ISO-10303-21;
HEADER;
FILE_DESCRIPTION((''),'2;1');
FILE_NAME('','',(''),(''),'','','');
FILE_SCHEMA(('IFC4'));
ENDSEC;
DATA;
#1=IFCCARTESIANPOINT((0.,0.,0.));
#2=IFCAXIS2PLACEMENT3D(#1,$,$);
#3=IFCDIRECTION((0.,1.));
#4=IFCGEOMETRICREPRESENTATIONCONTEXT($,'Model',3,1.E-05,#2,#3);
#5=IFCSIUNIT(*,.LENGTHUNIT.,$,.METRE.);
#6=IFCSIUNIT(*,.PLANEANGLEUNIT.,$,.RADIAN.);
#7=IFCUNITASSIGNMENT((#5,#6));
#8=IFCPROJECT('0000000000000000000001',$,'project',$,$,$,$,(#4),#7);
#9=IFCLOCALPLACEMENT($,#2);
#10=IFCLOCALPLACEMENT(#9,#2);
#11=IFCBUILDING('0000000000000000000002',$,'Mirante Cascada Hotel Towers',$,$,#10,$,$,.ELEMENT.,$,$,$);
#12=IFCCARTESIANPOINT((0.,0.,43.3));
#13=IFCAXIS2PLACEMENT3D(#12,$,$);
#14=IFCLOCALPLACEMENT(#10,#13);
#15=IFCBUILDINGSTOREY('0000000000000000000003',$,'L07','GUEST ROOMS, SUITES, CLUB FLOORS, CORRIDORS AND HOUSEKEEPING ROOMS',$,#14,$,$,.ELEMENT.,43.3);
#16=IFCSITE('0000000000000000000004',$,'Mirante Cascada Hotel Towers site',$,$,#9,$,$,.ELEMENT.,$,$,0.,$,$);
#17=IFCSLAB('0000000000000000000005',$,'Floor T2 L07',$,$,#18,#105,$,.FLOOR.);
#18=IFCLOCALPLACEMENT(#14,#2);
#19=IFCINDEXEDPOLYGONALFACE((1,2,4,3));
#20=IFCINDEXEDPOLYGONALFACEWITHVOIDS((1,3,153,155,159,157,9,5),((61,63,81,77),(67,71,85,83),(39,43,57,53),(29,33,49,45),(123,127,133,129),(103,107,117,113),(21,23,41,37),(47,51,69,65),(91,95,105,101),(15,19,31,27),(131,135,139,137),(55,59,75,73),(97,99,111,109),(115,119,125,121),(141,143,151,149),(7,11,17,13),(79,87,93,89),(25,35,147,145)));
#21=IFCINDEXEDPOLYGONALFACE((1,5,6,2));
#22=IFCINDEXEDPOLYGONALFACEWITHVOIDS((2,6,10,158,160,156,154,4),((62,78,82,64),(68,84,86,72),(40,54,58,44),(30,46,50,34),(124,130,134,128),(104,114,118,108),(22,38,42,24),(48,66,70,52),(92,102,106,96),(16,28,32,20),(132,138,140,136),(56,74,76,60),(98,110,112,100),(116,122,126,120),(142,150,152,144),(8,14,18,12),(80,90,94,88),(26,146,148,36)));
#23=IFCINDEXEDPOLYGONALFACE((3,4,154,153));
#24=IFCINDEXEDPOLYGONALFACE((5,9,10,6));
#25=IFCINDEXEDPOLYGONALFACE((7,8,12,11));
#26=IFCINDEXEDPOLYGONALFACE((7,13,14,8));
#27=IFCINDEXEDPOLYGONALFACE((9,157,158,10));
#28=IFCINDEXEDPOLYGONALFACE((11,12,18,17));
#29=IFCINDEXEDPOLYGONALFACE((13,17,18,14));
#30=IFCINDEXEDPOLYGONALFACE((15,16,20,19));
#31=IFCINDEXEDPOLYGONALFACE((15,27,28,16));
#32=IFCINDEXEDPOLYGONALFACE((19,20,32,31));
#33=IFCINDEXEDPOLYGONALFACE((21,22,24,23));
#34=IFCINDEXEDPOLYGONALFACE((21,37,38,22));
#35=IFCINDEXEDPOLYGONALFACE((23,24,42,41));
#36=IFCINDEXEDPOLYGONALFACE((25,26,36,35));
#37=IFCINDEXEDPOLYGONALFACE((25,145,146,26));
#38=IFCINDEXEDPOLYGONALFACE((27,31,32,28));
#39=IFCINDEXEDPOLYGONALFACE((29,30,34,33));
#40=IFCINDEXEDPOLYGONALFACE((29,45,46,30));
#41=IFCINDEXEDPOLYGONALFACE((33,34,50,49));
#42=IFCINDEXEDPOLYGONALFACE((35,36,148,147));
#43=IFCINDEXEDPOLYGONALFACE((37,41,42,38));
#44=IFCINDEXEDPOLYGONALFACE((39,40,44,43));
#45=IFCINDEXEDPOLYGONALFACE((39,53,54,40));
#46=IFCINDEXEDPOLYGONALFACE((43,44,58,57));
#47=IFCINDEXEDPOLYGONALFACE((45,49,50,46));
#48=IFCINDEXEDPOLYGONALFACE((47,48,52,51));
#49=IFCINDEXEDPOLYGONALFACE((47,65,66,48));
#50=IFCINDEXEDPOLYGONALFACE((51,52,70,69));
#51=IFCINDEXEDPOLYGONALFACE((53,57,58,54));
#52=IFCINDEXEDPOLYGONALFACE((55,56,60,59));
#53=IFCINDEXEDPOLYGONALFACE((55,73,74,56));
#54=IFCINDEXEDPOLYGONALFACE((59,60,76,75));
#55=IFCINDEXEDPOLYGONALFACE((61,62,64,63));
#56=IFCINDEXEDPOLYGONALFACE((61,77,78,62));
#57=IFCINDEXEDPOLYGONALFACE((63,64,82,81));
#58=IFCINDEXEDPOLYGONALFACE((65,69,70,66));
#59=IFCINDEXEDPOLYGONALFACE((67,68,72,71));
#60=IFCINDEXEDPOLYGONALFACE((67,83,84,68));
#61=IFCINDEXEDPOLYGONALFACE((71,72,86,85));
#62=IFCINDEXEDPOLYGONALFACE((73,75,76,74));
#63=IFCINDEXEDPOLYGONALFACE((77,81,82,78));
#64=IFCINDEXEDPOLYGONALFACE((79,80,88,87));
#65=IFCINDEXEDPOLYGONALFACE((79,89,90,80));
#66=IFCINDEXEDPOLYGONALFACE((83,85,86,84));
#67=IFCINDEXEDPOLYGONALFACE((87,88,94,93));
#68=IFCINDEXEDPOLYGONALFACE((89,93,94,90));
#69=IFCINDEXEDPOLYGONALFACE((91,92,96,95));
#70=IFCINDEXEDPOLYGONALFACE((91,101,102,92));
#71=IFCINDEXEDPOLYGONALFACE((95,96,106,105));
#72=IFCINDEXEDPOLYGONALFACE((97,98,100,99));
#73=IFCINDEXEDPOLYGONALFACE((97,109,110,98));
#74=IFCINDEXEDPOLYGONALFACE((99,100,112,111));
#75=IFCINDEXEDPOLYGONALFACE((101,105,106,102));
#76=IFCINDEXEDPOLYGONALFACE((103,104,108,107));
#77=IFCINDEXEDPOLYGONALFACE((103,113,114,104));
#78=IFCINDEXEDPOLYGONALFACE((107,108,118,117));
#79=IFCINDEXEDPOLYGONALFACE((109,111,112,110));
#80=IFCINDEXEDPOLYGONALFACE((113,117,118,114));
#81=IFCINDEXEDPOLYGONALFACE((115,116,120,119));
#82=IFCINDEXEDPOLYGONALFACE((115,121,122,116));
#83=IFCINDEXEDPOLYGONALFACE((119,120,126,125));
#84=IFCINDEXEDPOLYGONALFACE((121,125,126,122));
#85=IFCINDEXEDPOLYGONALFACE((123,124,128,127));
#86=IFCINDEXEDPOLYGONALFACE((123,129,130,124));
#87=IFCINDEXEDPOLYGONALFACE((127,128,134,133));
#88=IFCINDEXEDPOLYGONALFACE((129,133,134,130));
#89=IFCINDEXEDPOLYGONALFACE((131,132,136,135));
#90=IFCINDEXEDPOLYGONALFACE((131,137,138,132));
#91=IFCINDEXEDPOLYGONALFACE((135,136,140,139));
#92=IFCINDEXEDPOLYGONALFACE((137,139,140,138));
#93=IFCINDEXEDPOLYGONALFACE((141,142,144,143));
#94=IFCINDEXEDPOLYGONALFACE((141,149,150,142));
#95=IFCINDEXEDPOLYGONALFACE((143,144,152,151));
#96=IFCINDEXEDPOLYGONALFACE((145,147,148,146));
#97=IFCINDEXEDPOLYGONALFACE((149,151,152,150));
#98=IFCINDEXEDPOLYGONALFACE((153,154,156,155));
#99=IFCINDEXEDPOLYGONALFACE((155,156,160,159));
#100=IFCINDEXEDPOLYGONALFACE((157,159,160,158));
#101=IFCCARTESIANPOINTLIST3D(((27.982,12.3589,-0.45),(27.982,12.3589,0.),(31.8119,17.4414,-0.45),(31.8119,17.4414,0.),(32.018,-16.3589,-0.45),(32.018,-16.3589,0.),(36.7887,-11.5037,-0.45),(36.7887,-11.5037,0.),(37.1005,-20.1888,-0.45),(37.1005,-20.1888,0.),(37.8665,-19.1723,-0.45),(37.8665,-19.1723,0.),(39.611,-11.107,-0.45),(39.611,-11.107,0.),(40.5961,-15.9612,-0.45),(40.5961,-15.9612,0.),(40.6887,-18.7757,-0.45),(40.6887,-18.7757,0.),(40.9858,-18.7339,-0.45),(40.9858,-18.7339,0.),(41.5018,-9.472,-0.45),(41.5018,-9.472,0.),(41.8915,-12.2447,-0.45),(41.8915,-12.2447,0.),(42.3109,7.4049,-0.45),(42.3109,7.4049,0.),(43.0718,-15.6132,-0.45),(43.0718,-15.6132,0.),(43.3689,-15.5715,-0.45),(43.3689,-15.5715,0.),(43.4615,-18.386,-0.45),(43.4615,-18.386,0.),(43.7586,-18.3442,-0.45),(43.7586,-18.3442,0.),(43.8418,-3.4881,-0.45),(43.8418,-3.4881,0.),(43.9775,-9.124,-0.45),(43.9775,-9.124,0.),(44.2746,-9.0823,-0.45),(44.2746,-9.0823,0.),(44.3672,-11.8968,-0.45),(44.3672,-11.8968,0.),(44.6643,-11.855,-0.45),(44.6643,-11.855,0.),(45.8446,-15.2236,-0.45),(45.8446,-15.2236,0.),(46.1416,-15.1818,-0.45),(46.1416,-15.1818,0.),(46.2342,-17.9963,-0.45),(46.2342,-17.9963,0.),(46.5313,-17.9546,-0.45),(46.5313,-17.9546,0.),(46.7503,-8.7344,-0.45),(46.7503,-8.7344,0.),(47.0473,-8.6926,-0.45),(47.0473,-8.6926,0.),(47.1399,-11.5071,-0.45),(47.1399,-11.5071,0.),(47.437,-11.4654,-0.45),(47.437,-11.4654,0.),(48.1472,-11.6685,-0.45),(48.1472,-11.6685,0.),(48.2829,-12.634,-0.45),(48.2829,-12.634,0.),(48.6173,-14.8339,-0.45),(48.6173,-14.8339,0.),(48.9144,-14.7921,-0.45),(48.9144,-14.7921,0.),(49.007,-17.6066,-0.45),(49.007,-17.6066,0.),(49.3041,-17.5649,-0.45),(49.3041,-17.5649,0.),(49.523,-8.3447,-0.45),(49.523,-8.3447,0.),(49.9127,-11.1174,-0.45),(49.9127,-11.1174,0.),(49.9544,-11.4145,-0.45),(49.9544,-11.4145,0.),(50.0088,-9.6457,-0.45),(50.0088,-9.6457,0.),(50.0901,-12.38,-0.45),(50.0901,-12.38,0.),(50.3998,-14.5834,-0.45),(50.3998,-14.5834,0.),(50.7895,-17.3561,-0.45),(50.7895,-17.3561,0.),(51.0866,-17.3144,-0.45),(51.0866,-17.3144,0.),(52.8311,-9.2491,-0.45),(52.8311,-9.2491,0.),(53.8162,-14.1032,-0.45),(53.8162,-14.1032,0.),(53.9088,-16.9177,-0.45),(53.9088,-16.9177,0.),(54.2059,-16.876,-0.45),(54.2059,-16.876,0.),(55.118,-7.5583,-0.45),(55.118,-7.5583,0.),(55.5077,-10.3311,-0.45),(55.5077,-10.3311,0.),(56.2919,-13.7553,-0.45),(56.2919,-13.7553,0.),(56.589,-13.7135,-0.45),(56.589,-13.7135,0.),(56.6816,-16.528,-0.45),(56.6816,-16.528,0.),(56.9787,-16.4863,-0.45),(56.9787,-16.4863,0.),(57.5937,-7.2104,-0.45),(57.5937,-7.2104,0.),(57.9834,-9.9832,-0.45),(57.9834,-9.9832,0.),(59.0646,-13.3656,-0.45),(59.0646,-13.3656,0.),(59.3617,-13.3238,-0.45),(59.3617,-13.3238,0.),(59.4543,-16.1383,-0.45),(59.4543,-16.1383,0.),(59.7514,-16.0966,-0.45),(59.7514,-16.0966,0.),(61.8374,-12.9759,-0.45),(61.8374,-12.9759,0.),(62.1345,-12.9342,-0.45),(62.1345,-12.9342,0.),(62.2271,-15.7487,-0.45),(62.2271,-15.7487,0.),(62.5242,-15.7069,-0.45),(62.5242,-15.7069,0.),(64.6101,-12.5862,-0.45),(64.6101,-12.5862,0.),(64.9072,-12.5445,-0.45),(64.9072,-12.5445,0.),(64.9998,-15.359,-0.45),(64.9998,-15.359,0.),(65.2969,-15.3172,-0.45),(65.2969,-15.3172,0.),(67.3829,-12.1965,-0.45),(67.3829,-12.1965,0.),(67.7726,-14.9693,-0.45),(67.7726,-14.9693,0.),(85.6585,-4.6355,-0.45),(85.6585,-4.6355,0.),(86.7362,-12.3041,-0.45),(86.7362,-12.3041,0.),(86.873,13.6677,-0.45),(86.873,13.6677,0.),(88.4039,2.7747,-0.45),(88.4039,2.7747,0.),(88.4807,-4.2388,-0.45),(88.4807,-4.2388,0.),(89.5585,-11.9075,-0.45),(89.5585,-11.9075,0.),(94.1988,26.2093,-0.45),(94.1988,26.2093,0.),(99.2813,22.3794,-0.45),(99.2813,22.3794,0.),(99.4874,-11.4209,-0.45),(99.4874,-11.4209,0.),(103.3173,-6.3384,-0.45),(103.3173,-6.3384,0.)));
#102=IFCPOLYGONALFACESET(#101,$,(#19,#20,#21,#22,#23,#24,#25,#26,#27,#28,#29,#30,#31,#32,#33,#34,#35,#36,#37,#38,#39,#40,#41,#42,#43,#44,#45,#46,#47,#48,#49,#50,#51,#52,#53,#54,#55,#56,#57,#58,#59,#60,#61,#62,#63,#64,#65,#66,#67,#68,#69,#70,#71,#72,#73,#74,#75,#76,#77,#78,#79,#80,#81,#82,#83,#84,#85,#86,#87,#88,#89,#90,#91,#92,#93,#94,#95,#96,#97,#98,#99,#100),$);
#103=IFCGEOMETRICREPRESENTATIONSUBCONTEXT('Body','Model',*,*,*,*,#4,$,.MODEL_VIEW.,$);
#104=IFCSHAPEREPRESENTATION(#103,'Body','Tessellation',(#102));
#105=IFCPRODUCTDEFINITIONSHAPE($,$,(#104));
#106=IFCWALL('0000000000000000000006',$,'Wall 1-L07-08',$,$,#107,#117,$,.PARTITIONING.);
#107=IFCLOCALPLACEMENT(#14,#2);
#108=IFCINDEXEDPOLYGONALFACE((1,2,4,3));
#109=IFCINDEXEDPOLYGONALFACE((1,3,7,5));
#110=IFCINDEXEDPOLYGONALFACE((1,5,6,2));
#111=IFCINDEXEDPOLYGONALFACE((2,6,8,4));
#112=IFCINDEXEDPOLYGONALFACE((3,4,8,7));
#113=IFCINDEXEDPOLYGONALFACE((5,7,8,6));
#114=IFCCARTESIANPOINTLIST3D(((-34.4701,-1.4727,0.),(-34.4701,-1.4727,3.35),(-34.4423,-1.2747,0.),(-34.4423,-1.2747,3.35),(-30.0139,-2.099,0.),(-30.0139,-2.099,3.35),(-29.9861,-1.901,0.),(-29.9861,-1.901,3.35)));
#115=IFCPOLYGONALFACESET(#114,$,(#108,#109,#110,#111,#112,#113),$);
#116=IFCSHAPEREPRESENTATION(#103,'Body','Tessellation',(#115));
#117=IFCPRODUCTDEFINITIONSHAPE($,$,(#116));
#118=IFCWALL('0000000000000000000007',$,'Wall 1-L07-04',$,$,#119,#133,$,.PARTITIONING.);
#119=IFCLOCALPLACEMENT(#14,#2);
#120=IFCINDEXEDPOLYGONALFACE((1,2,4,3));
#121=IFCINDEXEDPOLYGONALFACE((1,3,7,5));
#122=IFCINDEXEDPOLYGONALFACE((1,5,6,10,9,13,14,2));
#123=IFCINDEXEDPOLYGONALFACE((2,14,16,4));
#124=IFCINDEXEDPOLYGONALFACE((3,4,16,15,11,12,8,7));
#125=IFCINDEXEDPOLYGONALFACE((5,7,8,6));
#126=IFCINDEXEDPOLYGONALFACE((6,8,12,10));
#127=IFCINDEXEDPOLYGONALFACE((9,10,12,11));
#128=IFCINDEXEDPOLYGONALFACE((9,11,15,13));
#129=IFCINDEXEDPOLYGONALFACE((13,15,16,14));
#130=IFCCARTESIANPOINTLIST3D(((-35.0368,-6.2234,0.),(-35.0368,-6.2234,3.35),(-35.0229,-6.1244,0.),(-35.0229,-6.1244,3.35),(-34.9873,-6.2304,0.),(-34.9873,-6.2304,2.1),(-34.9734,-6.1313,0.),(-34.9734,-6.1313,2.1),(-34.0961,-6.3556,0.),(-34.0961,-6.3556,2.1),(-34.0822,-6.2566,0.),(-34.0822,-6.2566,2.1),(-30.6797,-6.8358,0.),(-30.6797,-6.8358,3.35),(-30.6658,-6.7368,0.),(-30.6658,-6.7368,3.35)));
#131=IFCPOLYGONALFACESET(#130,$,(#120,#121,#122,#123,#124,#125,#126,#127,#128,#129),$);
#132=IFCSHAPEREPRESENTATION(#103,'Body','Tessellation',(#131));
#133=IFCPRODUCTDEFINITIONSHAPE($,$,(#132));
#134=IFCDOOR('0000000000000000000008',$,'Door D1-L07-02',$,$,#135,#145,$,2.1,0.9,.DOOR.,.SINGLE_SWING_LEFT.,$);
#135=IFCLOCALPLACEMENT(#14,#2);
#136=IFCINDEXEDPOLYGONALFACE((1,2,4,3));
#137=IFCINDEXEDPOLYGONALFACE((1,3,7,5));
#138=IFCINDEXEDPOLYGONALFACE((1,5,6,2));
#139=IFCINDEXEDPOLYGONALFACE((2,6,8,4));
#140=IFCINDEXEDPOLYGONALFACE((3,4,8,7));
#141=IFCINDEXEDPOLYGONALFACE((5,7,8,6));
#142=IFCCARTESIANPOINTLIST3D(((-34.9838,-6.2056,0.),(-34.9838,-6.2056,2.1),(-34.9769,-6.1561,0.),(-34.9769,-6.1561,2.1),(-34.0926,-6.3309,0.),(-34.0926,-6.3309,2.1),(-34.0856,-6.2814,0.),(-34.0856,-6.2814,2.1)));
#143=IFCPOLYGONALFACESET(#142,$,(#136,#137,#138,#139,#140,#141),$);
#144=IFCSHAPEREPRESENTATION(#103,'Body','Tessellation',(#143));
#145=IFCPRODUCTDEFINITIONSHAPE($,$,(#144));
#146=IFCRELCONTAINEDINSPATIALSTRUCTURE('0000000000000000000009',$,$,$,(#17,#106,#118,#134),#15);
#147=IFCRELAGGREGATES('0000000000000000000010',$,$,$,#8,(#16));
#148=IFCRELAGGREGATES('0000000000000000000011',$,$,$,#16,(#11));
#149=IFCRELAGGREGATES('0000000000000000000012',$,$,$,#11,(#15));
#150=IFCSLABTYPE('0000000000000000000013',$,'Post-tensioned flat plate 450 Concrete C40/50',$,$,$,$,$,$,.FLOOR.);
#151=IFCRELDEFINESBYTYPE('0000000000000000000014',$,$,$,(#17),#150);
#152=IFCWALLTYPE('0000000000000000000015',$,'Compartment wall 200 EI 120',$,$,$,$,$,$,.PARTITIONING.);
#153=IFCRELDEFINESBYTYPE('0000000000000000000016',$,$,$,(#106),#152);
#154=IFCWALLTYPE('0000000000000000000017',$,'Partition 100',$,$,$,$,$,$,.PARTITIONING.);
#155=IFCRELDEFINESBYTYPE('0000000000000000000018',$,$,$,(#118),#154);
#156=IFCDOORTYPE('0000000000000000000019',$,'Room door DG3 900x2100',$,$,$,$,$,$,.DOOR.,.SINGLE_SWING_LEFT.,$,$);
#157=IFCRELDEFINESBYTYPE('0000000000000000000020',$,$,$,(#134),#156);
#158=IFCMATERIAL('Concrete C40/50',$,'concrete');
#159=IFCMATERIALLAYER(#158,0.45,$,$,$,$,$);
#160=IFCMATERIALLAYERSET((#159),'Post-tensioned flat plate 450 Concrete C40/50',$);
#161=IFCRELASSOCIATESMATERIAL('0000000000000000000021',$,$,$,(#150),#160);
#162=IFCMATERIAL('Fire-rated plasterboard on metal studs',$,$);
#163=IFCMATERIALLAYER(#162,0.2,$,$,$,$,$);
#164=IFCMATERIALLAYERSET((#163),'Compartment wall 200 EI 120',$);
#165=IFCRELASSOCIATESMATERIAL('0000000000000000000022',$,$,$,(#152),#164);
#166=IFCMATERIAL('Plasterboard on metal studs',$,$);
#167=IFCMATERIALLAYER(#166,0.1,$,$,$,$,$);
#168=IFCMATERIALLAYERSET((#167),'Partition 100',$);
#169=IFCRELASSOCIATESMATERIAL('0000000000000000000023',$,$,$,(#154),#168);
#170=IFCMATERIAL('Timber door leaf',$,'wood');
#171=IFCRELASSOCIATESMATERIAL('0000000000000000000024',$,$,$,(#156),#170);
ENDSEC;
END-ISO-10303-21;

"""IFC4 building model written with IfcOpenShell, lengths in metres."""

from ifc_helpers import new_model, si_unit, direction, frame, frame_2d, origin, place, context, subcontext, project, spatial, polyline, rectangle, outline, extrude, material, layer, layer_set, type_object, element, fill, save


model = new_model("IFC4")

# Units and contexts
model_context = context("Model", 3, precision=1e-05, world=origin(), true_north=direction((0.0, 1.0)))
body_context = subcontext(model_context, "Body", "Model", "MODEL_VIEW")
ifc_project = project(units=[si_unit("LENGTHUNIT", "METRE"), si_unit("PLANEANGLEUNIT", "RADIAN")], contexts=[model_context])

# Site, building, storey
site_placement = place(None, origin())
site = spatial("IfcSite", under=ifc_project, at=site_placement, Name="Mirante Cascada Hotel Towers site", CompositionType="ELEMENT", RefElevation=0.0)
building_placement = place(site_placement, origin())
building = spatial("IfcBuilding", under=site, at=building_placement, Name="Mirante Cascada Hotel Towers", CompositionType="ELEMENT")
storey_placement = place(building_placement, frame((0.0, 0.0, 43.3)))
storey = spatial("IfcBuildingStorey", under=building, at=storey_placement, Name="L07", Description="GUEST ROOMS, SUITES, CLUB FLOORS, CORRIDORS AND HOUSEKEEPING ROOMS", CompositionType="ELEMENT", Elevation=43.3)

# Slab
ifc_material_1 = material(Name="Concrete C40/50", Category="concrete")
ifc_layer_1 = layer(ifc_material_1, 0.45)
ifc_layer_set_1 = layer_set([ifc_layer_1], Name="Post-tensioned flat plate 450 Concrete C40/50")
slab_type = type_object("IfcSlabType", Name="Post-tensioned flat plate 450 Concrete C40/50", PredefinedType="FLOOR", material=ifc_layer_set_1)
slab_1_placement = place(storey_placement, frame((0.0, 0.0, -0.45)))
element("IfcSlab", 1, at=slab_1_placement, inside=storey, type_object=slab_type, Name="Floor T2 L07", PredefinedType="FLOOR", context=body_context, shape_type="SweptSolid", body=[
    extrude(outline(polyline([(32.018, -16.3589), (27.982, 12.3589), (31.8119, 17.4414), (94.1988, 26.2093), (99.2813, 22.3794), (103.3173, -6.3384), (99.4874, -11.4209), (37.1005, -20.1888), (32.018, -16.3589)]), holes=[polyline([(43.0718, -15.6132), (40.5961, -15.9612), (40.9858, -18.7339), (43.4615, -18.386), (43.0718, -15.6132)]), polyline([(45.8446, -15.2236), (43.3689, -15.5715), (43.7586, -18.3442), (46.2342, -17.9963), (45.8446, -15.2236)]), polyline([(48.6173, -14.8339), (46.1416, -15.1818), (46.5313, -17.9546), (49.007, -17.6066), (48.6173, -14.8339)]), polyline([(50.3998, -14.5834), (48.9144, -14.7921), (49.3041, -17.5649), (50.7895, -17.3561), (50.3998, -14.5834)]), polyline([(37.8665, -19.1723), (40.6887, -18.7757), (39.611, -11.107), (36.7887, -11.5037), (37.8665, -19.1723)]), polyline([(49.9544, -11.4145), (48.1472, -11.6685), (48.2829, -12.634), (50.0901, -12.38), (49.9544, -11.4145)]), polyline([(43.9775, -9.124), (41.5018, -9.472), (41.8915, -12.2447), (44.3672, -11.8968), (43.9775, -9.124)]), polyline([(47.1399, -11.5071), (46.7503, -8.7344), (44.2746, -9.0823), (44.6643, -11.855), (47.1399, -11.5071)]), polyline([(49.9127, -11.1174), (49.523, -8.3447), (47.0473, -8.6926), (47.437, -11.4654), (49.9127, -11.1174)]), polyline([(56.2919, -13.7553), (53.8162, -14.1032), (54.2059, -16.876), (56.6816, -16.528), (56.2919, -13.7553)]), polyline([(59.0646, -13.3656), (56.589, -13.7135), (56.9787, -16.4863), (59.4543, -16.1383), (59.0646, -13.3656)]), polyline([(61.8374, -12.9759), (59.3617, -13.3238), (59.7514, -16.0966), (62.2271, -15.7487), (61.8374, -12.9759)]), polyline([(64.6101, -12.5862), (62.1345, -12.9342), (62.5242, -15.7069), (64.9998, -15.359), (64.6101, -12.5862)]), polyline([(67.3829, -12.1965), (64.9072, -12.5445), (65.2969, -15.3172), (67.7726, -14.9693), (67.3829, -12.1965)]), polyline([(51.0866, -17.3144), (53.9088, -16.9177), (52.8311, -9.2491), (50.0088, -9.6457), (51.0866, -17.3144)]), polyline([(86.7362, -12.3041), (89.5585, -11.9075), (88.4807, -4.2388), (85.6585, -4.6355), (86.7362, -12.3041)]), polyline([(57.9834, -9.9832), (57.5937, -7.2104), (55.118, -7.5583), (55.5077, -10.3311), (57.9834, -9.9832)]), polyline([(88.4039, 2.7747), (86.873, 13.6677), (42.3109, 7.4049), (43.8418, -3.4881), (88.4039, 2.7747)])]), origin(), (0.0, 0.0, 1.0), 0.45),
])

# Wall
ifc_material_2 = material(Name="Fire-rated plasterboard on metal studs")
ifc_layer_2 = layer(ifc_material_2, 0.2)
ifc_layer_set_2 = layer_set([ifc_layer_2], Name="Compartment wall 200 EI 120")
wall_type_1 = type_object("IfcWallType", Name="Compartment wall 200 EI 120", PredefinedType="PARTITIONING", material=ifc_layer_set_2)
wall_1_placement = place(storey_placement, frame((-30.0, -2.0, 0.0), z_axis=(0.0, 0.0, 1.0), x_axis=(-0.990267, 0.139178, 0.0)))
element("IfcWall", 2, at=wall_1_placement, inside=storey, type_object=wall_type_1, Name="Wall 1-L07-08", PredefinedType="PARTITIONING", context=body_context, shape_type="SweptSolid", body=[
    extrude(rectangle(XDim=4.5, YDim=0.2, at=frame_2d((2.25, 0.0))), origin(), (0.0, 0.0, 1.0), 3.35),
])

# Wall, opening, door
ifc_material_3 = material(Name="Plasterboard on metal studs")
ifc_layer_3 = layer(ifc_material_3, 0.1)
ifc_layer_set_3 = layer_set([ifc_layer_3], Name="Partition 100")
wall_type_2 = type_object("IfcWallType", Name="Partition 100", PredefinedType="PARTITIONING", material=ifc_layer_set_3)
wall_2_placement = place(storey_placement, frame((-30.6727, -6.7863, 0.0), z_axis=(0.0, 0.0, 1.0), x_axis=(-0.990267, 0.139184, 0.0)))
wall_2 = element("IfcWall", 3, at=wall_2_placement, inside=storey, type_object=wall_type_2, Name="Wall 1-L07-04", PredefinedType="PARTITIONING", context=body_context, shape_type="SweptSolid", body=[
    extrude(rectangle(XDim=4.3999, YDim=0.1, at=frame_2d((2.2, 0.0))), origin(), (0.0, 0.0, 1.0), 3.35),
])
opening_placement = place(wall_2_placement, frame((3.45, 0.0, 0.0)))
opening = element("IfcOpeningElement", 4, at=opening_placement, cuts=wall_2, PredefinedType="OPENING", context=body_context, shape_type="SweptSolid", body=[
    extrude(rectangle(XDim=0.9, YDim=2.1, at=frame_2d((0.45, 1.05))), frame((0.0, 0.05, 0.0), z_axis=(0.0, -1.0, 0.0), x_axis=(1.0, 0.0, 0.0)), (0.0, 0.0, 1.0), 0.1),
])
ifc_material_4 = material(Name="Timber door leaf", Category="wood")
door_type = type_object("IfcDoorType", Name="Room door DG3 900x2100", OperationType="SINGLE_SWING_LEFT", PredefinedType="DOOR", material=ifc_material_4)
door_placement = place(opening_placement, origin())
door = element("IfcDoor", 5, at=door_placement, inside=storey, type_object=door_type, Name="Door D1-L07-02", OperationType="SINGLE_SWING_LEFT", OverallHeight=2.1, OverallWidth=0.9, PredefinedType="DOOR", context=body_context, shape_type="SweptSolid", body=[
    extrude(rectangle(XDim=0.9, YDim=2.1, at=frame_2d((0.45, 1.05))), frame((0.0, 0.025, 0.0), z_axis=(0.0, -1.0, 0.0), x_axis=(1.0, 0.0, 0.0)), (0.0, 0.0, 1.0), 0.05),
])
fill(opening, door)

save(model, "model.ifc")
